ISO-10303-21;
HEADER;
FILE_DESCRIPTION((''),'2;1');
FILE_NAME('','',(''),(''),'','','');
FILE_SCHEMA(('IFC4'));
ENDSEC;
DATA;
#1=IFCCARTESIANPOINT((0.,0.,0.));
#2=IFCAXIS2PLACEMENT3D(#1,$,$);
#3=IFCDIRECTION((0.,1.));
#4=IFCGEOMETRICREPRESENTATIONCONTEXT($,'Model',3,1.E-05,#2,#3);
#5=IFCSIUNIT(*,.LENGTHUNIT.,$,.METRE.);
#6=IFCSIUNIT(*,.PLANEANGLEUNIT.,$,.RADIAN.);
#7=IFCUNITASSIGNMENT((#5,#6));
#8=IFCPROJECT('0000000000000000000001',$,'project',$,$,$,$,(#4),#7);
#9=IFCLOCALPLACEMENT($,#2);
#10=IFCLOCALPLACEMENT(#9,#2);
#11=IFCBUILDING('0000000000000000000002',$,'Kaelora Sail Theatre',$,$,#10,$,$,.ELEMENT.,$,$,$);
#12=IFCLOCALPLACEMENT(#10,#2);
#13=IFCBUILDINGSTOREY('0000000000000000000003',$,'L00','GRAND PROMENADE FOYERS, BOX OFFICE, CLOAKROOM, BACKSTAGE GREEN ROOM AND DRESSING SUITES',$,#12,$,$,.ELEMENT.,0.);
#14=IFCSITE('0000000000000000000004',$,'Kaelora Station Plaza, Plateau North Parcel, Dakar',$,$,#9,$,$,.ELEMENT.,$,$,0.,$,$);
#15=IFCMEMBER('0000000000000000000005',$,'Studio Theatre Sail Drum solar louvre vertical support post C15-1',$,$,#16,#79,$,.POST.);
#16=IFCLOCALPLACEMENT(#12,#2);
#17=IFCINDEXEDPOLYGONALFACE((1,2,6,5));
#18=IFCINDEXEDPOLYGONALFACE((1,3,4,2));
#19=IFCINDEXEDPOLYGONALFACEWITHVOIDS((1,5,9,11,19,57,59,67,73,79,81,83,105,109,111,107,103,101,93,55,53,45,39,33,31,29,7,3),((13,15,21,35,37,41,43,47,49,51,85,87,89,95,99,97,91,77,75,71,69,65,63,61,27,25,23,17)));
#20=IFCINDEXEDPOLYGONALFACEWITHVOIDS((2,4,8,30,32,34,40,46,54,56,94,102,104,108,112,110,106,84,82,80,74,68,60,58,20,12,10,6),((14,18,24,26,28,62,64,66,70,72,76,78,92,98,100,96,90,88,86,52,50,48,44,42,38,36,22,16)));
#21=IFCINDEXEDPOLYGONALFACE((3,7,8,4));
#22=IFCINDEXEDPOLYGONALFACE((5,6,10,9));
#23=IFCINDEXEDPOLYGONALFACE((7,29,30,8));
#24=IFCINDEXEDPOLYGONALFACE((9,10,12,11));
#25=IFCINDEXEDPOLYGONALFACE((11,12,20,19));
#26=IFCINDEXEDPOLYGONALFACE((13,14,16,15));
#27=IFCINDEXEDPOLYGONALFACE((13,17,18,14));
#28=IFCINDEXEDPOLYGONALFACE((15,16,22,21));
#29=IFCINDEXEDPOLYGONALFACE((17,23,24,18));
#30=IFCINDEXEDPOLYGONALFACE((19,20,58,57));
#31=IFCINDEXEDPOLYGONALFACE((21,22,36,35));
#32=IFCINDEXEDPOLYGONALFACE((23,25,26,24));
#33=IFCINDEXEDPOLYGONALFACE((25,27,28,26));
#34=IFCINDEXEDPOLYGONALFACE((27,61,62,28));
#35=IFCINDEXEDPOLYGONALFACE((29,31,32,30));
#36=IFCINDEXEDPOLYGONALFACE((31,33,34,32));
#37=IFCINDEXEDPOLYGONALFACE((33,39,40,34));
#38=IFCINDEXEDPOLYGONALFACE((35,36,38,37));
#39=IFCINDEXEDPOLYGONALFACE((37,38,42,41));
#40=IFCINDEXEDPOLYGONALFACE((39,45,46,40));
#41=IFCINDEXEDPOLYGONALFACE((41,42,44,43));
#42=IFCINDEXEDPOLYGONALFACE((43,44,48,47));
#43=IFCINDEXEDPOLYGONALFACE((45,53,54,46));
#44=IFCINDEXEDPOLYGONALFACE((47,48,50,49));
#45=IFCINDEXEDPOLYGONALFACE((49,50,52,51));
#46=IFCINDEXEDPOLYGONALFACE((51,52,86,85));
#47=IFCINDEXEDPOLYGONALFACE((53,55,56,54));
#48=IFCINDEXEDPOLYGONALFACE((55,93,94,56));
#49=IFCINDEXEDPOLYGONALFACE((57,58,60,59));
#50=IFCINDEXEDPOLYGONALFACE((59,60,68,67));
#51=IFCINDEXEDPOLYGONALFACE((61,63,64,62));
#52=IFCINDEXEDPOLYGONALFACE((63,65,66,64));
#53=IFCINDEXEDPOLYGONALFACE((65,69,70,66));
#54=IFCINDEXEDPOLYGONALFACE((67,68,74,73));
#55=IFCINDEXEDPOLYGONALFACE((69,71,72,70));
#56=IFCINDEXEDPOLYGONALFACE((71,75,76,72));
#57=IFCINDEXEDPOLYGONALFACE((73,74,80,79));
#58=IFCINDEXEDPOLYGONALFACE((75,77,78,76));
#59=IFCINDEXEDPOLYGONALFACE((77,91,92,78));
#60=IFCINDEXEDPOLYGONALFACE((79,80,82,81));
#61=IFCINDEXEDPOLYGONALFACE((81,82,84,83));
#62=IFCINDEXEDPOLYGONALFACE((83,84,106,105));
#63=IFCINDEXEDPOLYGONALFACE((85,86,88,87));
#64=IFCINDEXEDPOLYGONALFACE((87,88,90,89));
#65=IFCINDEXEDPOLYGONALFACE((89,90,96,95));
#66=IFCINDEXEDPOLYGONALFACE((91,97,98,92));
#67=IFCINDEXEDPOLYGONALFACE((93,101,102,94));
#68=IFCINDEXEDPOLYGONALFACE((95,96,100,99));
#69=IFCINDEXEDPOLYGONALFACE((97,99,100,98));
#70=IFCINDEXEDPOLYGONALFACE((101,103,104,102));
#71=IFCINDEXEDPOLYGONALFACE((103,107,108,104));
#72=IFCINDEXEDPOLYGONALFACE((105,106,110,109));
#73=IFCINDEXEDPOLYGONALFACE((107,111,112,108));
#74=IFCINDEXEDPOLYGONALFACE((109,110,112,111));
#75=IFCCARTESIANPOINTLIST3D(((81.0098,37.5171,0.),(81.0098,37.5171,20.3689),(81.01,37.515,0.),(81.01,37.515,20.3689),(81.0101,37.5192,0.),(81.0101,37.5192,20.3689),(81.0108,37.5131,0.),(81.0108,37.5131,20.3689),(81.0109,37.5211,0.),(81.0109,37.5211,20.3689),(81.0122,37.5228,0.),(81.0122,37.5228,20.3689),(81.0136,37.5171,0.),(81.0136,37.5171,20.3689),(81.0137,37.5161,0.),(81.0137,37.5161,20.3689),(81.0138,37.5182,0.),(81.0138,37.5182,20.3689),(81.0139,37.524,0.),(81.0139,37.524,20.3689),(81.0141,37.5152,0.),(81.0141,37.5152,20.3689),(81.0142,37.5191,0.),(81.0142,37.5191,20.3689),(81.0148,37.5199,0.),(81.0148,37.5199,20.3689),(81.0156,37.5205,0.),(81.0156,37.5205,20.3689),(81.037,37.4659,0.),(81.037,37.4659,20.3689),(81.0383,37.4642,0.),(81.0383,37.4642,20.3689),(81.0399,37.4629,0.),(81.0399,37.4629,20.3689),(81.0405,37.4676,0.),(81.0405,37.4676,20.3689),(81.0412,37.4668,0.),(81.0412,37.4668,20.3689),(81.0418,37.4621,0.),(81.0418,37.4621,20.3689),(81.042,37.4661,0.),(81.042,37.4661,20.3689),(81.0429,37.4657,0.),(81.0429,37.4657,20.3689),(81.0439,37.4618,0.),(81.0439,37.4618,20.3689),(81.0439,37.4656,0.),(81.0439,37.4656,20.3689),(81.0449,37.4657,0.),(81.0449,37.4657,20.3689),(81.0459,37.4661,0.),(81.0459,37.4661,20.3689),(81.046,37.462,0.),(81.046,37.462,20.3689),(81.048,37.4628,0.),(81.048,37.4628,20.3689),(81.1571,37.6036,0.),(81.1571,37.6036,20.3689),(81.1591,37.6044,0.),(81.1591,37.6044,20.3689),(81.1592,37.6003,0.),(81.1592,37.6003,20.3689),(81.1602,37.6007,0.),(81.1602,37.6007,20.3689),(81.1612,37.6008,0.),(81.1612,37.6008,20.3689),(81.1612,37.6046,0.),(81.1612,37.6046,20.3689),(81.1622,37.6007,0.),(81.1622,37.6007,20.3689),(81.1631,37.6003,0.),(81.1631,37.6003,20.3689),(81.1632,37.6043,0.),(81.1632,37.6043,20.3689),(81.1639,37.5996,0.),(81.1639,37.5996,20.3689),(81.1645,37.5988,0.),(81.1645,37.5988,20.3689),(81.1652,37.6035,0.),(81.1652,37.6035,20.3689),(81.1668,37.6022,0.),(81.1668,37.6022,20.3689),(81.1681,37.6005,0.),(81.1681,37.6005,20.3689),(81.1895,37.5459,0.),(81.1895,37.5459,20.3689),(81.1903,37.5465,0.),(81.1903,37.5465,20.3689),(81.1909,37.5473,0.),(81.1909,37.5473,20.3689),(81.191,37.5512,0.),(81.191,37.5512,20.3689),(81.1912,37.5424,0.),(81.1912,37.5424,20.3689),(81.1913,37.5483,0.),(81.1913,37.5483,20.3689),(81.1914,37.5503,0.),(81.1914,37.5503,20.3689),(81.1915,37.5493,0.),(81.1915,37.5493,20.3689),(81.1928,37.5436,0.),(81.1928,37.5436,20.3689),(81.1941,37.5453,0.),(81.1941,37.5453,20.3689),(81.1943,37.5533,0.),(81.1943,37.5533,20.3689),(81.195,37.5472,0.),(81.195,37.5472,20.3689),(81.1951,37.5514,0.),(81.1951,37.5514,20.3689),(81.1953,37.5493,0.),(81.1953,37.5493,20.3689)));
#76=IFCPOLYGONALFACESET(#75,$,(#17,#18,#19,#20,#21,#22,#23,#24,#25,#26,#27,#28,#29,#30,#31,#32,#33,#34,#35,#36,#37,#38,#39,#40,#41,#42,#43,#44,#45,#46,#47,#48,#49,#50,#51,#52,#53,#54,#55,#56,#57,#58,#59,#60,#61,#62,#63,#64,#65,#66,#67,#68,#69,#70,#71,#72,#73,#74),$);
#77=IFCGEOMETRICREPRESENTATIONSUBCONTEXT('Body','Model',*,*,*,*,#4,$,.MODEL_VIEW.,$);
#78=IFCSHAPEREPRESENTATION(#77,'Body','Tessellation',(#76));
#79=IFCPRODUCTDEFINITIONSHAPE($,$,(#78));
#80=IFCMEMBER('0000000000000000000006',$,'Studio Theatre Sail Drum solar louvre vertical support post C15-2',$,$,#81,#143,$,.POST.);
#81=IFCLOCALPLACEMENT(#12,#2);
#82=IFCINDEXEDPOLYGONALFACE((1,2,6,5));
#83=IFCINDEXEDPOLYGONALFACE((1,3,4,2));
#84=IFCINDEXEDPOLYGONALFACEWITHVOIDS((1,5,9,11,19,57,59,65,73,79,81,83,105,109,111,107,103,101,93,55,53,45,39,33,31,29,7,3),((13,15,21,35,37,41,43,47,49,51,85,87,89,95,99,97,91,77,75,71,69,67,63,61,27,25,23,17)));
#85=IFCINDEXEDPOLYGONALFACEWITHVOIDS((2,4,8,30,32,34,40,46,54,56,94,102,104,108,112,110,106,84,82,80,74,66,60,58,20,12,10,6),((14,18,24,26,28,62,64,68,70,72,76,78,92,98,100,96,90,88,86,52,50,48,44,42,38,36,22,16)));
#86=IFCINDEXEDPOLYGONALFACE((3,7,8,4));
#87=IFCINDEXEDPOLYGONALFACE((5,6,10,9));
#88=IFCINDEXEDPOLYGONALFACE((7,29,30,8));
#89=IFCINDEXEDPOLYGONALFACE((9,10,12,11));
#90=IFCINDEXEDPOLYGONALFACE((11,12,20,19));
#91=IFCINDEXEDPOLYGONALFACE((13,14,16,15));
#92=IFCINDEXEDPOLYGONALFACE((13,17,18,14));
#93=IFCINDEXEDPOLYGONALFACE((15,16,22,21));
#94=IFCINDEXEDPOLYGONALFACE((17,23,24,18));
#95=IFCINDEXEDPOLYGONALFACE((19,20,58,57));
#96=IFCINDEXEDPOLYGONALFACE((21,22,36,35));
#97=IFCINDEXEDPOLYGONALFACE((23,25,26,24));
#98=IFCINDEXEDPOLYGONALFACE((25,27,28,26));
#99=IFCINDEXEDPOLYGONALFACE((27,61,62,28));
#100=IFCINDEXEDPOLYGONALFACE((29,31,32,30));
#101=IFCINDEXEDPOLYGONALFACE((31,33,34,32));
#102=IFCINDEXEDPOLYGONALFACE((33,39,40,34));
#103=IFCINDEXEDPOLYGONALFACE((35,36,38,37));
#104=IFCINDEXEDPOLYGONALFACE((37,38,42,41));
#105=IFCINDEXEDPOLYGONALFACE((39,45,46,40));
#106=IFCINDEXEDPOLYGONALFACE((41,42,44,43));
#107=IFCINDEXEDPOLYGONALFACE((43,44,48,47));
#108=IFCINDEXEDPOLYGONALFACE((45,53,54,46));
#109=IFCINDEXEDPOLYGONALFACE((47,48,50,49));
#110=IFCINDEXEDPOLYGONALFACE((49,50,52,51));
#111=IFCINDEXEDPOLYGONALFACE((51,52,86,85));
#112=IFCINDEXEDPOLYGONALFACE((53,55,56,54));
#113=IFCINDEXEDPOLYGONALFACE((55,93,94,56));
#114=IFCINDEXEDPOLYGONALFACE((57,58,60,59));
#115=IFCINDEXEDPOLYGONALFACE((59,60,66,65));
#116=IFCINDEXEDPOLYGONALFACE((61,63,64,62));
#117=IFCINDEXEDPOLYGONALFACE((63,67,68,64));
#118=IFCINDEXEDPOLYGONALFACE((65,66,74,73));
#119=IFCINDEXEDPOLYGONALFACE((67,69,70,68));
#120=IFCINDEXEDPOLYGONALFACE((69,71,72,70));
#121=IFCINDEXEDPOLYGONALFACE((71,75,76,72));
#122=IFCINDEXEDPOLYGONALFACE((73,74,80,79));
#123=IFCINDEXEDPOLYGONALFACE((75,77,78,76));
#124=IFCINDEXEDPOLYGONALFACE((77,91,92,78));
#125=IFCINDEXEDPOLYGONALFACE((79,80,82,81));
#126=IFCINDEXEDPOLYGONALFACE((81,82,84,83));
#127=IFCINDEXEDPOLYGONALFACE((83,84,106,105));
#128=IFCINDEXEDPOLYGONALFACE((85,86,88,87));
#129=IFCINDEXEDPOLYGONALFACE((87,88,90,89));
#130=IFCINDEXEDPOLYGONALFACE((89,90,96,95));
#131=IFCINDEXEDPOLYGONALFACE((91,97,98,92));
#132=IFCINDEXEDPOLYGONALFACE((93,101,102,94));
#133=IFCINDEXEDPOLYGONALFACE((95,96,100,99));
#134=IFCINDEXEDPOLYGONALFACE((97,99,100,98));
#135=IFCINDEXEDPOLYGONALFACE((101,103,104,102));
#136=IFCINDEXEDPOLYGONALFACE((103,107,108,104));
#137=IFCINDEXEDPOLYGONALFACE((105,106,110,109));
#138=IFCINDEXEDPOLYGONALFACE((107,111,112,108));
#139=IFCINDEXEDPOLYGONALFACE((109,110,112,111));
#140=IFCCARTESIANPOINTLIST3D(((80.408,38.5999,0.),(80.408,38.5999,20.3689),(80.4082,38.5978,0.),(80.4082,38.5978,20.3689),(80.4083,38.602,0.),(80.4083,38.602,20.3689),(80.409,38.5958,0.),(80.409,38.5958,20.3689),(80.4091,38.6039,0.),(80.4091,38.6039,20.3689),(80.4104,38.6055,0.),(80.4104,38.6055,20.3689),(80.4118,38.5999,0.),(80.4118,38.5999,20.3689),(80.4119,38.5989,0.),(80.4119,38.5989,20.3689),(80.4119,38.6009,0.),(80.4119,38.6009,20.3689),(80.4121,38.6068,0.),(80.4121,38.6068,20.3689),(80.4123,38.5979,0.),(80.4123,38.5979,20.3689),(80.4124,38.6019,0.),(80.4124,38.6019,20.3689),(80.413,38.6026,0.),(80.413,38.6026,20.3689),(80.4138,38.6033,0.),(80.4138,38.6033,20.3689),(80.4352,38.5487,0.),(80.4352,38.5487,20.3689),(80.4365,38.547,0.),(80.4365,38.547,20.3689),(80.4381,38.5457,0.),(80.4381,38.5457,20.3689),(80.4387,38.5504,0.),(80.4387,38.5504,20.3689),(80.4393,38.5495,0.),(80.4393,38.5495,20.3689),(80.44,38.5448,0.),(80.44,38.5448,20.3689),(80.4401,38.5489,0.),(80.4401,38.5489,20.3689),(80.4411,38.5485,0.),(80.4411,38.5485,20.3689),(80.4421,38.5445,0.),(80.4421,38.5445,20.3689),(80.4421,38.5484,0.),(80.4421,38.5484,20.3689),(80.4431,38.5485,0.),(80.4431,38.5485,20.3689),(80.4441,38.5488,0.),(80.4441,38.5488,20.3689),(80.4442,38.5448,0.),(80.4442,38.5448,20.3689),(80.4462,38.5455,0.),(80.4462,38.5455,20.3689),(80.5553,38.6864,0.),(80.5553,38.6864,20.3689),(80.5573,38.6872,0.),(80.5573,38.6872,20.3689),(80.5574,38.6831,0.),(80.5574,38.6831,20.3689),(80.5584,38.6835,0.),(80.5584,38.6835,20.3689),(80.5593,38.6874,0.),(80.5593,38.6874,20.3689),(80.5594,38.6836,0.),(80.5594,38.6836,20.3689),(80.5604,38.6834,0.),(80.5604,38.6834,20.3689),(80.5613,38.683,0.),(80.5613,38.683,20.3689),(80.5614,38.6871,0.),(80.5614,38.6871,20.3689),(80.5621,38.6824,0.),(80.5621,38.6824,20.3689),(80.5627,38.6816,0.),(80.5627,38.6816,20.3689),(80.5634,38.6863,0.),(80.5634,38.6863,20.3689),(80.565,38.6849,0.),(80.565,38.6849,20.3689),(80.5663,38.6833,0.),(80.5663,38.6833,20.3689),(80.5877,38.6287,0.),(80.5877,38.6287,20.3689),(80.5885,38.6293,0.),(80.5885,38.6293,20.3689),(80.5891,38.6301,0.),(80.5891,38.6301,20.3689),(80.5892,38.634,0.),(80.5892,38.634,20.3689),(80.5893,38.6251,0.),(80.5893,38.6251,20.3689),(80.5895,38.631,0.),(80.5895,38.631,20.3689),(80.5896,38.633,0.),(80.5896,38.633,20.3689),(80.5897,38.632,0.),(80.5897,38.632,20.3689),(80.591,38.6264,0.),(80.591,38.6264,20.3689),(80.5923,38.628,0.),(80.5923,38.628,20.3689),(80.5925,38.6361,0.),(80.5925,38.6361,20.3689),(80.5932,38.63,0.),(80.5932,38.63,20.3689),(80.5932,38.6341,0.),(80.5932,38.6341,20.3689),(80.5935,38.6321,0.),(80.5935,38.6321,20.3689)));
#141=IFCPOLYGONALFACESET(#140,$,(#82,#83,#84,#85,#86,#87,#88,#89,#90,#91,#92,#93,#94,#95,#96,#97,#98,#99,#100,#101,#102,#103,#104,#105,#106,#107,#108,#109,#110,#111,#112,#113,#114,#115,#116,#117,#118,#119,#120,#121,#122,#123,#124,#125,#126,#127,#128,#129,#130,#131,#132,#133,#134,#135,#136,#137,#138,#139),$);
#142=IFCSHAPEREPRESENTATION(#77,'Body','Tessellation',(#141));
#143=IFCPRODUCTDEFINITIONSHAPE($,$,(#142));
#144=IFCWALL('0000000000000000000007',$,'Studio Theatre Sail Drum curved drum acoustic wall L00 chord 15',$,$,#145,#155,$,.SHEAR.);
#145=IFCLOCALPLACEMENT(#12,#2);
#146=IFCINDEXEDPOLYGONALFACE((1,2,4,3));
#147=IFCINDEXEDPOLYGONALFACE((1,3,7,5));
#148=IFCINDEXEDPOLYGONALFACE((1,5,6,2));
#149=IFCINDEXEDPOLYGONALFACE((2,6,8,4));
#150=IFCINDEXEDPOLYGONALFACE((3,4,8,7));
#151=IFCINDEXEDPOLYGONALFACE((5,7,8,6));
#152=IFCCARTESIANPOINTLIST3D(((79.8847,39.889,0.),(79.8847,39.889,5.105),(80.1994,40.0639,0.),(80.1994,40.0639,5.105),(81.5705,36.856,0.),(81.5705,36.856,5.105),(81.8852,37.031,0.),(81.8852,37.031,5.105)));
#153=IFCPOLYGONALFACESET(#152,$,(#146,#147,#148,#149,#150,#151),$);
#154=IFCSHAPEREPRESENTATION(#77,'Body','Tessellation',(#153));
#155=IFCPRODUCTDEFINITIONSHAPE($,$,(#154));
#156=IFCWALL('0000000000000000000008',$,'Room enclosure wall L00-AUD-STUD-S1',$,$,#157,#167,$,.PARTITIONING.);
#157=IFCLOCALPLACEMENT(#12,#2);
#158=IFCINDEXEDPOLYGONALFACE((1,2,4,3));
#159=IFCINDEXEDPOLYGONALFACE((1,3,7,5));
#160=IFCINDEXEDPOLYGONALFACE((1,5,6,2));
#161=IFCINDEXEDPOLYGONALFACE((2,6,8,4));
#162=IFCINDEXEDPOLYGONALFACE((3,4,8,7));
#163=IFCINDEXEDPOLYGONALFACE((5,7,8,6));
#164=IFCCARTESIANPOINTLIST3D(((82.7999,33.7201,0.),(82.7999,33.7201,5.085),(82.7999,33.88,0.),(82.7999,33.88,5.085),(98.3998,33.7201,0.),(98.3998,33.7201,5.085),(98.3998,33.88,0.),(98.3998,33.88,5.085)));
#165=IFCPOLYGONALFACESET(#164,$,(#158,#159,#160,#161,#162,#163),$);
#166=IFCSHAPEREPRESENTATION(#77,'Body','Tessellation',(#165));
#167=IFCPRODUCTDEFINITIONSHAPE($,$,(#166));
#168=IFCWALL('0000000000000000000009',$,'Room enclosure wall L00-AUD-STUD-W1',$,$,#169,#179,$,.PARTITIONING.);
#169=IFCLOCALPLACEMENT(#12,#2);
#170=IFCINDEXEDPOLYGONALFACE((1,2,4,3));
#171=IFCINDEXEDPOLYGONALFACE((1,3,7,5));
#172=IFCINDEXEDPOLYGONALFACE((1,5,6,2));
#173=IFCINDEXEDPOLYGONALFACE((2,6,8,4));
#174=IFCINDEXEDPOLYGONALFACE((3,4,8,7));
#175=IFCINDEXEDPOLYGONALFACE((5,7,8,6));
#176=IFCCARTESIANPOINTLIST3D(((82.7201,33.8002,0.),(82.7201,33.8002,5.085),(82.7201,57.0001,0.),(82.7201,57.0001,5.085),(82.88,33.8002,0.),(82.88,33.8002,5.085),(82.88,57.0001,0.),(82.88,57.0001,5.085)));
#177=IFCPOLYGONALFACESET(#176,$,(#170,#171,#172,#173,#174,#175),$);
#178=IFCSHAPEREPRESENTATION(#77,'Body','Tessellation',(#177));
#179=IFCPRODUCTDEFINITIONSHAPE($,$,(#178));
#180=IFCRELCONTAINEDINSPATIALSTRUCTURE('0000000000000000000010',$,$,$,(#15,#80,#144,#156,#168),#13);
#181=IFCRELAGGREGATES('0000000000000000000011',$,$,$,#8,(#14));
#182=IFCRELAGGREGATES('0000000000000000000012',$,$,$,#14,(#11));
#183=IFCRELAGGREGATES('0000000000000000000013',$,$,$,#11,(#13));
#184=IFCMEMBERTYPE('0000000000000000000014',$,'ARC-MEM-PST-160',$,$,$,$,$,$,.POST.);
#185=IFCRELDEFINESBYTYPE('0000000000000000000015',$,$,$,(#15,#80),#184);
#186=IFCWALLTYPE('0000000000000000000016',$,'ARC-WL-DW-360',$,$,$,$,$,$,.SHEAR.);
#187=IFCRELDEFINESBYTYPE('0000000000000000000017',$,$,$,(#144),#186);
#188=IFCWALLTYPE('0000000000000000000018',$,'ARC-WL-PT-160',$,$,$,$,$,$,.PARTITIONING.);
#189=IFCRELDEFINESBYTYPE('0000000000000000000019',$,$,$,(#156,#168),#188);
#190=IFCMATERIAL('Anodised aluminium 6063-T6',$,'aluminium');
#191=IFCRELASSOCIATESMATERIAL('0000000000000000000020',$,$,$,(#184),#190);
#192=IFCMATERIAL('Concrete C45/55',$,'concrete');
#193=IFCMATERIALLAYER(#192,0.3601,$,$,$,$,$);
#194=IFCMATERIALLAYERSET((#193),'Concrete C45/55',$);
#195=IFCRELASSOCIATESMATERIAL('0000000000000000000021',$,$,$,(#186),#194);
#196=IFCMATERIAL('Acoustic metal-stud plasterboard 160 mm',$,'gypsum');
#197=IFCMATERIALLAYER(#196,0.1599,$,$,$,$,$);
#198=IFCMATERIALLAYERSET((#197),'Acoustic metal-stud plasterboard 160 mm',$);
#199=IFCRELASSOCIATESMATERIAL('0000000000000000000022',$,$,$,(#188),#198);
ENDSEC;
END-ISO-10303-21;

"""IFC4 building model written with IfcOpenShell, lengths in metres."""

from ifc_helpers import new_model, si_unit, direction, frame, frame_2d, origin, origin_2d, place, context, subcontext, project, spatial, rectangle, hollow_rectangle, extrude, material, layer, layer_set, material_profile, profile_set, type_object, element, save


model = new_model("IFC4")

# Units and contexts
model_context = context("Model", 3, precision=1e-05, world=origin(), true_north=direction((0.0, 1.0)))
body_context = subcontext(model_context, "Body", "Model", "MODEL_VIEW")
ifc_project = project(units=[si_unit("LENGTHUNIT", "METRE"), si_unit("PLANEANGLEUNIT", "RADIAN")], contexts=[model_context])

# Site, building, storey
site_placement = place(None, origin())
site = spatial("IfcSite", under=ifc_project, at=site_placement, Name="Kaelora Station Plaza, Plateau North Parcel, Dakar", CompositionType="ELEMENT", RefElevation=0.0)
building_placement = place(site_placement, origin())
building = spatial("IfcBuilding", under=site, at=building_placement, Name="Kaelora Sail Theatre", CompositionType="ELEMENT")
storey_placement = place(building_placement, origin())
storey = spatial("IfcBuildingStorey", under=building, at=storey_placement, Name="L00", Description="GRAND PROMENADE FOYERS, BOX OFFICE, CLOAKROOM, BACKSTAGE GREEN ROOM AND DRESSING SUITES", CompositionType="ELEMENT", Elevation=0.0)

# Members
ifc_material_1 = material(Name="Anodised aluminium 6063-T6", Category="aluminium")
ifc_material_profile_1 = material_profile(ifc_material_1, hollow_rectangle(XDim=0.0701, YDim=0.1799, WallThickness=0.0039, InnerFilletRadius=0.0039, OuterFilletRadius=0.0081, at=origin_2d()), Name="ALU-MULL 70x180x4")
ifc_profile_set_1 = profile_set([ifc_material_profile_1], Name="Anodised aluminium 6063-T6")
member_type_1 = type_object("IfcMemberType", Name="ARC-MEM-PST-160", PredefinedType="POST", material=ifc_profile_set_1)
for number, where, z_axis, x_axis, name in (
    (1, (81.1025, 37.5332, 0.0), (0.0, 0.0, 1.0), (-0.485878, 0.874027, 0.0), "Studio Theatre Sail Drum solar louvre vertical support post C15-1"),
    (2, (80.5007, 38.616, 0.0), (0.0, 0.0, 1.0), (-0.485878, 0.874027, 0.0), "Studio Theatre Sail Drum solar louvre vertical support post C15-2"),
):
    element("IfcMember", number, at=place(storey_placement, frame(where, z_axis=z_axis, x_axis=x_axis)), inside=storey, type_object=member_type_1, Name=name, PredefinedType="POST", context=body_context, shape_type="SweptSolid", body=[
        extrude(hollow_rectangle(XDim=0.0701, YDim=0.1799, WallThickness=0.0039, InnerFilletRadius=0.0039, OuterFilletRadius=0.0081, at=origin_2d()), origin(), (0.0, 0.0, 1.0), 20.3689),
    ])

# Walls
ifc_material_2 = material(Name="Concrete C45/55", Category="concrete")
ifc_layer_1 = layer(ifc_material_2, 0.3601)
ifc_layer_set_1 = layer_set([ifc_layer_1], Name="Concrete C45/55")
wall_type_1 = type_object("IfcWallType", Name="ARC-WL-DW-360", PredefinedType="SHEAR", material=ifc_layer_set_1)
wall_1_placement = place(storey_placement, frame((81.7278, 36.9436, 0.0), z_axis=(0.0, 0.0, 1.0), x_axis=(-0.485822, 0.874058, 0.0)))
element("IfcWall", 3, at=wall_1_placement, inside=storey, type_object=wall_type_1, Name="Studio Theatre Sail Drum curved drum acoustic wall L00 chord 15", PredefinedType="SHEAR", context=body_context, shape_type="SweptSolid", body=[
    extrude(rectangle(XDim=3.47, YDim=0.3601, at=frame_2d((1.7349, 0.0))), origin(), (0.0, 0.0, 1.0), 5.105),
])
ifc_material_3 = material(Name="Acoustic metal-stud plasterboard 160 mm", Category="gypsum")
ifc_layer_2 = layer(ifc_material_3, 0.1599)
ifc_layer_set_2 = layer_set([ifc_layer_2], Name="Acoustic metal-stud plasterboard 160 mm")
wall_type_2 = type_object("IfcWallType", Name="ARC-WL-PT-160", PredefinedType="PARTITIONING", material=ifc_layer_set_2)
wall_2_placement = place(storey_placement, frame((82.8, 33.8, 0.0), z_axis=(0.0, 0.0, 1.0), x_axis=(1.0, 0.0, 0.0)))
element("IfcWall", 4, at=wall_2_placement, inside=storey, type_object=wall_type_2, Name="Room enclosure wall L00-AUD-STUD-S1", PredefinedType="PARTITIONING", context=body_context, shape_type="SweptSolid", body=[
    extrude(rectangle(XDim=15.5999, YDim=0.1599, at=frame_2d((7.7998, 0.0))), origin(), (0.0, 0.0, 1.0), 5.085),
])
wall_3_placement = place(storey_placement, frame((82.8, 33.8, 0.0), z_axis=(0.0, 0.0, 1.0), x_axis=(0.0, 1.0, 0.0)))
element("IfcWall", 5, at=wall_3_placement, inside=storey, type_object=wall_type_2, Name="Room enclosure wall L00-AUD-STUD-W1", PredefinedType="PARTITIONING", context=body_context, shape_type="SweptSolid", body=[
    extrude(rectangle(XDim=23.2, YDim=0.1599, at=frame_2d((11.6001, 0.0))), origin(), (0.0, 0.0, 1.0), 5.085),
])

save(model, "model.ifc")
